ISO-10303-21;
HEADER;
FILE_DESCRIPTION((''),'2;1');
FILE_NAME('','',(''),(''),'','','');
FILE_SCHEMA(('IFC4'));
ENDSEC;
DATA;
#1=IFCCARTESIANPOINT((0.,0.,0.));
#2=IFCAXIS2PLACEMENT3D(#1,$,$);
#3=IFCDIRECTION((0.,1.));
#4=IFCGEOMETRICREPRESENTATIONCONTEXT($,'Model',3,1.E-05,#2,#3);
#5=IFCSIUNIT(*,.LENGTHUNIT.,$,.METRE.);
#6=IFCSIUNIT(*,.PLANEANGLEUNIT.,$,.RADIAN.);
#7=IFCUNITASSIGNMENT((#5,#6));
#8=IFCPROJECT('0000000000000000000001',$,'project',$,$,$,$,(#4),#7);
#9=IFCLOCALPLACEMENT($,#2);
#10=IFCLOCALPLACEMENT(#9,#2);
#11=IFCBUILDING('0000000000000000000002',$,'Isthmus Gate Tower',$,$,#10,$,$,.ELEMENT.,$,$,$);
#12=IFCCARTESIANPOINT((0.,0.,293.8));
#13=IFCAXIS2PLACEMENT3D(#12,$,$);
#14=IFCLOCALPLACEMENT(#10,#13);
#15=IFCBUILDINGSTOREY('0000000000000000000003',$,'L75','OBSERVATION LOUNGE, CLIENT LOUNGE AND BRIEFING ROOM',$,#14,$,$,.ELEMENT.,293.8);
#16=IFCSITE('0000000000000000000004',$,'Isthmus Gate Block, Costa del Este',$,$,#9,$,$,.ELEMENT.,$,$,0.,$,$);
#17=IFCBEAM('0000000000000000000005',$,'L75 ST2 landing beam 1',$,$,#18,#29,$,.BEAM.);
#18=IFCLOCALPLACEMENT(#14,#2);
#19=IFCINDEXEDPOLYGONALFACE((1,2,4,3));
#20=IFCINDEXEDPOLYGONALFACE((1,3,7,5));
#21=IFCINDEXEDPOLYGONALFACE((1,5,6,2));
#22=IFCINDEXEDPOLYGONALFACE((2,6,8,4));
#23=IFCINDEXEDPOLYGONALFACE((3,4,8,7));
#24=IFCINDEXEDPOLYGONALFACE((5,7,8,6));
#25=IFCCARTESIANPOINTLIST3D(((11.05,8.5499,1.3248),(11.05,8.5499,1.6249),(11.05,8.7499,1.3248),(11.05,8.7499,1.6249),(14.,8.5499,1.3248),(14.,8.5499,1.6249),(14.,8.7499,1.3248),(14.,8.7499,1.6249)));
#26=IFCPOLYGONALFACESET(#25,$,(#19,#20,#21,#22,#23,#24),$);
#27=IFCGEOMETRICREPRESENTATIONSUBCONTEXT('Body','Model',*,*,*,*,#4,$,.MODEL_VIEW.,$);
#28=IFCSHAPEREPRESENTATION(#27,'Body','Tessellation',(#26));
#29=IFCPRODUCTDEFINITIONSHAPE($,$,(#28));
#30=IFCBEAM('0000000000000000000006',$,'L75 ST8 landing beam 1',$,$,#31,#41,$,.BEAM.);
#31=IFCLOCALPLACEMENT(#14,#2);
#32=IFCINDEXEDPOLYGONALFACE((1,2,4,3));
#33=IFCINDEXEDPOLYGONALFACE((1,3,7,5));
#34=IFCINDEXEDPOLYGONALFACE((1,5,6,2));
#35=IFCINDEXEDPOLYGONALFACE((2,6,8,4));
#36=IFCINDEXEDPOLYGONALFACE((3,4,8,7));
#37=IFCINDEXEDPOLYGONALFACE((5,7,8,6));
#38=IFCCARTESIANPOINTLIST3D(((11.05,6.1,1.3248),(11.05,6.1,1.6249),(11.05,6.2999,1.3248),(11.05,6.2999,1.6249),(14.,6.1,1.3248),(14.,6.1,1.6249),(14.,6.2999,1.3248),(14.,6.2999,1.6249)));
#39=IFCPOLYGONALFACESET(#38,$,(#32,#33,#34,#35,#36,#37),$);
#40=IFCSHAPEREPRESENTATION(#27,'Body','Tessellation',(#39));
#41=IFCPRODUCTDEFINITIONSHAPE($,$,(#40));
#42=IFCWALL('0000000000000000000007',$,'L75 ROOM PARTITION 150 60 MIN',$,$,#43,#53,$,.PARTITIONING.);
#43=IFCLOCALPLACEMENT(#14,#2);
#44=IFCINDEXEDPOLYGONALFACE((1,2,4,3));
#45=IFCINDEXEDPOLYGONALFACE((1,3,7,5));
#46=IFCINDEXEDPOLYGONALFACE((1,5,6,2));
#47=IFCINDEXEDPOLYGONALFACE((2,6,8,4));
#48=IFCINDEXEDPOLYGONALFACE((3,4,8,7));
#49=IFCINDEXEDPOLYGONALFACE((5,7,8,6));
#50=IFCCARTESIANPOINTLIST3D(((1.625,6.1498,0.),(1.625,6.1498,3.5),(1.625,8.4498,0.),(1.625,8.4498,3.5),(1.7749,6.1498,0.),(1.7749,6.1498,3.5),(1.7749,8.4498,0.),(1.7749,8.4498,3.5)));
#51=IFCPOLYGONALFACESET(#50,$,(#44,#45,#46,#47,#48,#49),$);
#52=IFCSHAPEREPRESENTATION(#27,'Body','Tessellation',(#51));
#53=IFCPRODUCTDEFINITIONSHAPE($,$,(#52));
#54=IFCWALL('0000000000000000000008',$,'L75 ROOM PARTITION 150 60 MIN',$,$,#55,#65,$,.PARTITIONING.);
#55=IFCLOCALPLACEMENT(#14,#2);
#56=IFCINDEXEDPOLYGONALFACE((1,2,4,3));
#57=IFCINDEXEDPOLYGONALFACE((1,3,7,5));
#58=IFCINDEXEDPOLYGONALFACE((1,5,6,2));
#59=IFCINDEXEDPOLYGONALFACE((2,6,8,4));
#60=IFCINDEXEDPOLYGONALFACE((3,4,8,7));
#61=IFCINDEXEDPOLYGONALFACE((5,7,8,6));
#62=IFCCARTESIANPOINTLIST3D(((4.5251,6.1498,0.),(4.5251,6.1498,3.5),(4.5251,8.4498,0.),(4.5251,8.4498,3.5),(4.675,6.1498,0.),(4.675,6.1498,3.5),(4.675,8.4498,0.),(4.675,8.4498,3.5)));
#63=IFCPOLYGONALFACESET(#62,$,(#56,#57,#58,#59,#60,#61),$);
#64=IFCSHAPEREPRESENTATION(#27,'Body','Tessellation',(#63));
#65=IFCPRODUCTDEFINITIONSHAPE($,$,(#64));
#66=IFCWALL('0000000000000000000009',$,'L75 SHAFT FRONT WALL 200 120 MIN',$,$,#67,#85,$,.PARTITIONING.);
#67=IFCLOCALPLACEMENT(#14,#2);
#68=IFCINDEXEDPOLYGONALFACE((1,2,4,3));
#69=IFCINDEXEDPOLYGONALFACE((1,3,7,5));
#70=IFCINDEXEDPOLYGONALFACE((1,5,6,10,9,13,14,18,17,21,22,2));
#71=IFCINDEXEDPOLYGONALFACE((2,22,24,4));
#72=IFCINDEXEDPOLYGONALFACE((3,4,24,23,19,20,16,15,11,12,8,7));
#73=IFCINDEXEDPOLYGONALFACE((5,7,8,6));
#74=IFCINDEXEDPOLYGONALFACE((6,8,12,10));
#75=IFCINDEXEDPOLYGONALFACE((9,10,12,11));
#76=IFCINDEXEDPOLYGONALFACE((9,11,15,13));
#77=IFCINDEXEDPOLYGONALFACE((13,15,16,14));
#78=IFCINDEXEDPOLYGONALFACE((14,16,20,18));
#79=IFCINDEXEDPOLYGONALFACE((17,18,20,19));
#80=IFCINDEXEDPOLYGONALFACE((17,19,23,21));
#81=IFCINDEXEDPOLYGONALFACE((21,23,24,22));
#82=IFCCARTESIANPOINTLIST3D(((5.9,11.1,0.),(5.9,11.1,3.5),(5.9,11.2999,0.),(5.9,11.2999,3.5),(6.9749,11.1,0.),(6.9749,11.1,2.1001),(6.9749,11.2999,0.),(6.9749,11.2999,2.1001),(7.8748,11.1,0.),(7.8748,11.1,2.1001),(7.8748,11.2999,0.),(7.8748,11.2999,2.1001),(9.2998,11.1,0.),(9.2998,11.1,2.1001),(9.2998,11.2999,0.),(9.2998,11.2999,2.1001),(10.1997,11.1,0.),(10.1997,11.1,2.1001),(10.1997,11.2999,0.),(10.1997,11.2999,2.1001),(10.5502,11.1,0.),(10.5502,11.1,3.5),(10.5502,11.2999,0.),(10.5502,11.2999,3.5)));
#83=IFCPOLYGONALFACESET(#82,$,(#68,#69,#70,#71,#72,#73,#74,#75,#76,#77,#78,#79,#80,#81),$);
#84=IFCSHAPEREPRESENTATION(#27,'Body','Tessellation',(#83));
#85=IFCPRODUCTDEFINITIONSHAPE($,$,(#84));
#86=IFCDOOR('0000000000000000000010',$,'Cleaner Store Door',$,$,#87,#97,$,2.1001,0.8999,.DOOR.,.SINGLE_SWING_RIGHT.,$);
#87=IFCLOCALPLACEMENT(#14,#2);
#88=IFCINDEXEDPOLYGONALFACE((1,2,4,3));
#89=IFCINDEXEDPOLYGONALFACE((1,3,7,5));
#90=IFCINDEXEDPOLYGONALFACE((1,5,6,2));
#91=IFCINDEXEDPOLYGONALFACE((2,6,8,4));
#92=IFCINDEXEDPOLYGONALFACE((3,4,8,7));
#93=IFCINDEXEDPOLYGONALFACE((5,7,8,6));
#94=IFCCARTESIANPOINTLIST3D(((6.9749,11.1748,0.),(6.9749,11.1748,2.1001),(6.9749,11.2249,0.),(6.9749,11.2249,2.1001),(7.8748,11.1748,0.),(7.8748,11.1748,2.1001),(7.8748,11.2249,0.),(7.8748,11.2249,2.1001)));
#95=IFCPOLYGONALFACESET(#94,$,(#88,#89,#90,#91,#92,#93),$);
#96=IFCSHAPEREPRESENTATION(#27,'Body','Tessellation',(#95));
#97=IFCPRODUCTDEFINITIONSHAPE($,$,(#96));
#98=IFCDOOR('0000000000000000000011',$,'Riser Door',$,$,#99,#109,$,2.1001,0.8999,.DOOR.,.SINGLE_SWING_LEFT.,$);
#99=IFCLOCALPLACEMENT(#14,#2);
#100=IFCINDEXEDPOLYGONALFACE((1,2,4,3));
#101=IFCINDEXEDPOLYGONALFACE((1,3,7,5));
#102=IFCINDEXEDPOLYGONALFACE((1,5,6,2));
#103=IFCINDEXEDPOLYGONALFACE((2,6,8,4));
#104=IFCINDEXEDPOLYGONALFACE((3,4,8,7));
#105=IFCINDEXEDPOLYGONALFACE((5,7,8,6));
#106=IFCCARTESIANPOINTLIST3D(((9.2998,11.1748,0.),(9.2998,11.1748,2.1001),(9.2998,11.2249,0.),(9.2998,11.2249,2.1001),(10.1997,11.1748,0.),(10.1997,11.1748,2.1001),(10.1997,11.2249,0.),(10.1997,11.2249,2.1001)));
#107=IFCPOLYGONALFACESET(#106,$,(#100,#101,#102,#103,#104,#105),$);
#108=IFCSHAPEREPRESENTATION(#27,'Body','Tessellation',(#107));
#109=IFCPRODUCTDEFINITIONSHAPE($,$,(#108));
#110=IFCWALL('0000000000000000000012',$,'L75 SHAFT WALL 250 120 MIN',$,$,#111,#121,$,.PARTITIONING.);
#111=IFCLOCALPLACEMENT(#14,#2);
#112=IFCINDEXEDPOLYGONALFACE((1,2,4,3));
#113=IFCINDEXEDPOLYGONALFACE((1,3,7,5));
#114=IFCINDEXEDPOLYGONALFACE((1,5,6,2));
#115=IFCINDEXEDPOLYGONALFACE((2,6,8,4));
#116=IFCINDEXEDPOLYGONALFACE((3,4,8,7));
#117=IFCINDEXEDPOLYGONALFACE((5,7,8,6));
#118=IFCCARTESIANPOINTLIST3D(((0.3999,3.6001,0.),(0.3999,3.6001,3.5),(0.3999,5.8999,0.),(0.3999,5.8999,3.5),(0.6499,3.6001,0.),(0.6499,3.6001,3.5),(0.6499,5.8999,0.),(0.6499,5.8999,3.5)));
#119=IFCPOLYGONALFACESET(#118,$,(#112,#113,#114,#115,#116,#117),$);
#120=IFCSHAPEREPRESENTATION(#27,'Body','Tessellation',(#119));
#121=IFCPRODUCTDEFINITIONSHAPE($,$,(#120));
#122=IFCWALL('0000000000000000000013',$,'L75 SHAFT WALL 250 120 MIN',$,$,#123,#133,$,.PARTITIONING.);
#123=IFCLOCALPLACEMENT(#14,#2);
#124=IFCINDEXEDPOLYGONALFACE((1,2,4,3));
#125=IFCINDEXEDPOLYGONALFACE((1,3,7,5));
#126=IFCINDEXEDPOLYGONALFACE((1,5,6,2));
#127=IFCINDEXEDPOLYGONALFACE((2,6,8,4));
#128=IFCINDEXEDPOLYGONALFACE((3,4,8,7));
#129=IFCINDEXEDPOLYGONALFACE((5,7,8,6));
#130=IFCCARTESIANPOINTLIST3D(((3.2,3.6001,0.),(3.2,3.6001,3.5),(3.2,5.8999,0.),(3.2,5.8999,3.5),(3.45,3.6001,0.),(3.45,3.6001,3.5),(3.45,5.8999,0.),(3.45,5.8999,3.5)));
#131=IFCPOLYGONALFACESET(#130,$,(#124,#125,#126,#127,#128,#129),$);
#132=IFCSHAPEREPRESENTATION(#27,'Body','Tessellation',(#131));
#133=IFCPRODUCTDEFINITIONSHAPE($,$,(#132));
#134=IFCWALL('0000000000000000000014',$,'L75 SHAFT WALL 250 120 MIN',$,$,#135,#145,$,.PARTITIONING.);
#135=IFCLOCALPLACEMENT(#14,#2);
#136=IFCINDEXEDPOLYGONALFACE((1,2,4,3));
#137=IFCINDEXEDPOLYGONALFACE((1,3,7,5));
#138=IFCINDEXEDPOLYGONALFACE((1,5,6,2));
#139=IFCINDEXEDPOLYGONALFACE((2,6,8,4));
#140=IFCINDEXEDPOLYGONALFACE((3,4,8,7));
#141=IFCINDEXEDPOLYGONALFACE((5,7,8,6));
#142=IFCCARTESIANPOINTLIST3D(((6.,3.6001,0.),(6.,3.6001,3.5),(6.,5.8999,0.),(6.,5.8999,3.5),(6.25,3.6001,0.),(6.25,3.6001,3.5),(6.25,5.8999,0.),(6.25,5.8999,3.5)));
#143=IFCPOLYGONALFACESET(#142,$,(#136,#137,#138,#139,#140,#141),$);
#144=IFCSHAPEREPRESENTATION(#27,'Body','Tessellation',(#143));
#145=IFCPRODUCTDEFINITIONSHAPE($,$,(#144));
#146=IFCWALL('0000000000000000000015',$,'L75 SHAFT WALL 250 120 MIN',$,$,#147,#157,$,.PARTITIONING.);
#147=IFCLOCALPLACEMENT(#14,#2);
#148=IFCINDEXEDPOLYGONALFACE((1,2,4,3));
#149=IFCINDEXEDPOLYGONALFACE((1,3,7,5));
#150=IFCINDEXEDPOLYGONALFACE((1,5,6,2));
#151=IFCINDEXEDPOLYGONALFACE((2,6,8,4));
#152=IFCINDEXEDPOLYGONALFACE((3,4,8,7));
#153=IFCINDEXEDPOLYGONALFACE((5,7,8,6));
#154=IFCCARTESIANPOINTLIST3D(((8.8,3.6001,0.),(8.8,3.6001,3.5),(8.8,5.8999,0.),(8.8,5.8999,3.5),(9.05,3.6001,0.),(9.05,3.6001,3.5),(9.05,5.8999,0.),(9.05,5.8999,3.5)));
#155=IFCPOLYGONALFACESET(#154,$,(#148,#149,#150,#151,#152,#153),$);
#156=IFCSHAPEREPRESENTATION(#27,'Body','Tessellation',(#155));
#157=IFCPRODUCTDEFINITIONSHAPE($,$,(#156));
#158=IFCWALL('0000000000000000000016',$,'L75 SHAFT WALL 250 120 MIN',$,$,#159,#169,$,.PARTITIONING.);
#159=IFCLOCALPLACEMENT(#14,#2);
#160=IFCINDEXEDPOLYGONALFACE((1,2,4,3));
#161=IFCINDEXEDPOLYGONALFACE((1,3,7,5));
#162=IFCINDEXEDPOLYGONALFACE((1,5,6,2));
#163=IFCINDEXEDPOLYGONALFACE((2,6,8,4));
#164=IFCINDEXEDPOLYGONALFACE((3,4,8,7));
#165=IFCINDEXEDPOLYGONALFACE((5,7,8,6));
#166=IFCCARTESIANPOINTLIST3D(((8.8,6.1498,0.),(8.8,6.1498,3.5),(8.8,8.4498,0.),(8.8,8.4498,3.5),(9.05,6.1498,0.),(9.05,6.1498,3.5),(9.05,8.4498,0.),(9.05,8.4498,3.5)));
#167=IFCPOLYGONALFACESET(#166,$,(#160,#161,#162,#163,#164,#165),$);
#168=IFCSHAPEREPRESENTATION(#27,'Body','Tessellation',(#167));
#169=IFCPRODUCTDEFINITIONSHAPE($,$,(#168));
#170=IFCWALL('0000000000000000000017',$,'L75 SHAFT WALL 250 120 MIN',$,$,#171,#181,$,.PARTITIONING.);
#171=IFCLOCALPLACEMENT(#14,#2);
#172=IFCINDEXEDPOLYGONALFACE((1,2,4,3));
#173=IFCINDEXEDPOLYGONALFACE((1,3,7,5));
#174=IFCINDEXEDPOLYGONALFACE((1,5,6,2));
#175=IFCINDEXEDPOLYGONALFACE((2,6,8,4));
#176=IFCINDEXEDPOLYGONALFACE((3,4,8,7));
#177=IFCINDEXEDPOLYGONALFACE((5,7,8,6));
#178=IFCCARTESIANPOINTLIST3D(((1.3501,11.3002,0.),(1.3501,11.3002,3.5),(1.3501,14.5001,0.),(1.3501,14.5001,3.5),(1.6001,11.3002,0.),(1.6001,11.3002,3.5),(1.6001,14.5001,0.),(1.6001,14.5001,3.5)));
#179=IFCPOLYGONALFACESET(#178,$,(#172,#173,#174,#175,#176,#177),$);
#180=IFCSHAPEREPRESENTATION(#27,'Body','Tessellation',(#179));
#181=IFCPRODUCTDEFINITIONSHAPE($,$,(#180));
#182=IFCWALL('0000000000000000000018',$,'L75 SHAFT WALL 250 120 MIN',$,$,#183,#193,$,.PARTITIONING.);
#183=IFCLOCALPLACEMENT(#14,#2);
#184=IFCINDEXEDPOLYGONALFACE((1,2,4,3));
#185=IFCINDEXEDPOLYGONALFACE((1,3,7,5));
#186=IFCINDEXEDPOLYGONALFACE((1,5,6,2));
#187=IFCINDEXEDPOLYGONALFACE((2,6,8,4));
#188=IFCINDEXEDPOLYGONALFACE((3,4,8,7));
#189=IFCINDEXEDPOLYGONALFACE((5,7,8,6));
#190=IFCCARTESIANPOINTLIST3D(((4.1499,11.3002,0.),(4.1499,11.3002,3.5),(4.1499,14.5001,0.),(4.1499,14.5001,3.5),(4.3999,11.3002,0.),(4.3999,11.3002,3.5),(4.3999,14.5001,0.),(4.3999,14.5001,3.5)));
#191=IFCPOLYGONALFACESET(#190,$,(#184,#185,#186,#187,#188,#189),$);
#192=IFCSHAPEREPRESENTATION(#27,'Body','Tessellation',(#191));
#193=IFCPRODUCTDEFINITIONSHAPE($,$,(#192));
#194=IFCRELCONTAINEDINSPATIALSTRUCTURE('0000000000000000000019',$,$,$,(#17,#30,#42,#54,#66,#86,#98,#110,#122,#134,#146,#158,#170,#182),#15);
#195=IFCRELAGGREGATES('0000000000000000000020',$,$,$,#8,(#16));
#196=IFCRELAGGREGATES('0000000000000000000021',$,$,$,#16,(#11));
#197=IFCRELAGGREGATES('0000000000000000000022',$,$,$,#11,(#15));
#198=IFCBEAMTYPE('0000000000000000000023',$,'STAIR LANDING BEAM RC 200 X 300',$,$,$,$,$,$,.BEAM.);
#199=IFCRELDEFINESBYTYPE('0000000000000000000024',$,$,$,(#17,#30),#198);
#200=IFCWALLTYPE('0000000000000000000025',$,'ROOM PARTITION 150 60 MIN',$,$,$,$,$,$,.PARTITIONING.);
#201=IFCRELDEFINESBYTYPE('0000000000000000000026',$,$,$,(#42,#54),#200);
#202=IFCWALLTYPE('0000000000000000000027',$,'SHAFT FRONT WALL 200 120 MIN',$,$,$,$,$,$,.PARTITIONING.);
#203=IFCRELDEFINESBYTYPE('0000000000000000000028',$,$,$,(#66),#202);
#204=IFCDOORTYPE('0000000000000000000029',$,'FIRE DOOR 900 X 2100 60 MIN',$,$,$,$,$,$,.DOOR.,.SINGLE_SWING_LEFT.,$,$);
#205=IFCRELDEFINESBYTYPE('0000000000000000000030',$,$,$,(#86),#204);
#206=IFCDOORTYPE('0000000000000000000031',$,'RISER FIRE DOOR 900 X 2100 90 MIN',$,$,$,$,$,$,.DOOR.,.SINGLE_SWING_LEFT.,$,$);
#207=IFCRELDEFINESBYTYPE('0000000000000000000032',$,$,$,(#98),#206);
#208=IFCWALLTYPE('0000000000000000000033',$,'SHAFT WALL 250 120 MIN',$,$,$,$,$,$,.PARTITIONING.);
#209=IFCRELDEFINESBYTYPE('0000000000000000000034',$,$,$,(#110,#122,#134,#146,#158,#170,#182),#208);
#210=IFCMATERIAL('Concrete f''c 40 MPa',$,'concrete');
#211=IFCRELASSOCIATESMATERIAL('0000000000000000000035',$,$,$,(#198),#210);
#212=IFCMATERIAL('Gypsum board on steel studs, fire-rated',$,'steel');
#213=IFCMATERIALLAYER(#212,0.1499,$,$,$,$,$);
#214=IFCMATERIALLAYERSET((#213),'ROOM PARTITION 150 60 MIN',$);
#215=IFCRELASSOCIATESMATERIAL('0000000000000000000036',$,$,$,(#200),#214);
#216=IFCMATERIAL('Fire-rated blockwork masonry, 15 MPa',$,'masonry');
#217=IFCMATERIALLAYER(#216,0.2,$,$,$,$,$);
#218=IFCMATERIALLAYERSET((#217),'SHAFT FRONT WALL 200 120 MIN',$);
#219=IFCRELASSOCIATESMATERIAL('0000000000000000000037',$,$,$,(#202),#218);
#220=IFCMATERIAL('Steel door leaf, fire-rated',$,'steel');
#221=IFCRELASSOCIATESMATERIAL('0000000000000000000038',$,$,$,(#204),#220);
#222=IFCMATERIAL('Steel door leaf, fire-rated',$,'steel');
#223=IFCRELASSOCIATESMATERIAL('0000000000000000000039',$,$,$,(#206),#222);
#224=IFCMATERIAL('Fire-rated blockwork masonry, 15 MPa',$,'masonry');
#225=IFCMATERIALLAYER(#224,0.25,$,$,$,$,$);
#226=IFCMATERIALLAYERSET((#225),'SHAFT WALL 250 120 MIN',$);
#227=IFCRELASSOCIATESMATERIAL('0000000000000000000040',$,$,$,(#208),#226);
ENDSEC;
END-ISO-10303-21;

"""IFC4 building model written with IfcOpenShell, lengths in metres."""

from ifc_helpers import new_model, si_unit, direction, frame, frame_2d, origin, origin_2d, place, context, subcontext, project, spatial, rectangle, extrude, material, layer, layer_set, material_profile, profile_set, type_object, element, fill, save


model = new_model("IFC4")

# Units and contexts
model_context = context("Model", 3, precision=1e-05, world=origin(), true_north=direction((0.0, 1.0)))
body_context = subcontext(model_context, "Body", "Model", "MODEL_VIEW")
ifc_project = project(units=[si_unit("LENGTHUNIT", "METRE"), si_unit("PLANEANGLEUNIT", "RADIAN")], contexts=[model_context])

# Site, building, storey
site_placement = place(None, origin())
site = spatial("IfcSite", under=ifc_project, at=site_placement, Name="Isthmus Gate Block, Costa del Este", CompositionType="ELEMENT", RefElevation=0.0)
building_placement = place(site_placement, origin())
building = spatial("IfcBuilding", under=site, at=building_placement, Name="Isthmus Gate Tower", CompositionType="ELEMENT")
storey_placement = place(building_placement, frame((0.0, 0.0, 293.8)))
storey = spatial("IfcBuildingStorey", under=building, at=storey_placement, Name="L75", Description="OBSERVATION LOUNGE, CLIENT LOUNGE AND BRIEFING ROOM", CompositionType="ELEMENT", Elevation=293.8)

# Beams
ifc_material_1 = material(Name="Concrete f'c 40 MPa", Category="concrete")
ifc_material_profile = material_profile(ifc_material_1, rectangle(XDim=0.2, YDim=0.3, at=origin_2d()), Name="STAIR LANDING BEAM RC 200 X 300")
ifc_profile_set = profile_set([ifc_material_profile], Name="Concrete f'c 40 MPa")
beam_type = type_object("IfcBeamType", Name="STAIR LANDING BEAM RC 200 X 300", PredefinedType="BEAM", material=ifc_profile_set)
for number, where, z_axis, x_axis, name in (
    (1, (11.05, 8.6499, 1.4749), (1.0, 0.0, 0.0), (0.0, 1.0, 0.0), "L75 ST2 landing beam 1"),
    (2, (11.05, 6.2, 1.4749), (1.0, 0.0, 0.0), (0.0, 1.0, 0.0), "L75 ST8 landing beam 1"),
):
    element("IfcBeam", number, at=place(storey_placement, frame(where, z_axis=z_axis, x_axis=x_axis)), inside=storey, type_object=beam_type, Name=name, PredefinedType="BEAM", context=body_context, shape_type="SweptSolid", body=[
        extrude(rectangle(XDim=0.2, YDim=0.3, at=origin_2d()), origin(), (0.0, 0.0, 1.0), 2.95),
    ])

# Walls
ifc_material_2 = material(Name="Gypsum board on steel studs, fire-rated", Category="steel")
ifc_layer_1 = layer(ifc_material_2, 0.1499)
ifc_layer_set_1 = layer_set([ifc_layer_1], Name="ROOM PARTITION 150 60 MIN")
wall_type_1 = type_object("IfcWallType", Name="ROOM PARTITION 150 60 MIN", PredefinedType="PARTITIONING", material=ifc_layer_set_1)
for number, where, z_axis, x_axis, name in (
    (3, (1.7, 6.1499, 0.0), (0.0, 0.0, 1.0), (0.0, 1.0, 0.0), "L75 ROOM PARTITION 150 60 MIN"),
    (4, (4.6001, 6.1499, 0.0), (0.0, 0.0, 1.0), (0.0, 1.0, 0.0), "L75 ROOM PARTITION 150 60 MIN"),
):
    element("IfcWall", number, at=place(storey_placement, frame(where, z_axis=z_axis, x_axis=x_axis)), inside=storey, type_object=wall_type_1, Name=name, PredefinedType="PARTITIONING", context=body_context, shape_type="SweptSolid", body=[
        extrude(rectangle(XDim=2.3, YDim=0.1499, at=frame_2d((1.1499, 0.0))), origin(), (0.0, 0.0, 1.0), 3.5),
    ])

# Wall, openings, doors
ifc_material_3 = material(Name="Fire-rated blockwork masonry, 15 MPa", Category="masonry")
ifc_layer_2 = layer(ifc_material_3, 0.2)
ifc_layer_set_2 = layer_set([ifc_layer_2], Name="SHAFT FRONT WALL 200 120 MIN")
wall_type_2 = type_object("IfcWallType", Name="SHAFT FRONT WALL 200 120 MIN", PredefinedType="PARTITIONING", material=ifc_layer_set_2)
wall_1_placement = place(storey_placement, frame((5.8999, 11.2, 0.0), z_axis=(0.0, 0.0, 1.0), x_axis=(1.0, 0.0, 0.0)))
wall_1 = element("IfcWall", 5, at=wall_1_placement, inside=storey, type_object=wall_type_2, Name="L75 SHAFT FRONT WALL 200 120 MIN", PredefinedType="PARTITIONING", context=body_context, shape_type="SweptSolid", body=[
    extrude(rectangle(XDim=4.6501, YDim=0.2, at=frame_2d((2.3252, 0.0))), origin(), (0.0, 0.0, 1.0), 3.5),
])
opening_1_placement = place(wall_1_placement, frame((1.075, 0.0, 0.0)))
opening_1 = element("IfcOpeningElement", 6, at=opening_1_placement, cuts=wall_1, PredefinedType="OPENING", context=body_context, shape_type="SweptSolid", body=[
    extrude(rectangle(XDim=0.8999, YDim=2.1001, at=frame_2d((0.45, 1.05))), frame((0.0, 0.1099, 0.0), z_axis=(0.0, -1.0, 0.0), x_axis=(1.0, 0.0, 0.0)), (0.0, 0.0, 1.0), 0.22),
])
opening_2_placement = place(wall_1_placement, frame((3.3999, 0.0, 0.0)))
opening_2 = element("IfcOpeningElement", 7, at=opening_2_placement, cuts=wall_1, PredefinedType="OPENING", context=body_context, shape_type="SweptSolid", body=[
    extrude(rectangle(XDim=0.8999, YDim=2.1001, at=frame_2d((0.45, 1.05))), frame((0.0, 0.1099, 0.0), z_axis=(0.0, -1.0, 0.0), x_axis=(1.0, 0.0, 0.0)), (0.0, 0.0, 1.0), 0.22),
])
ifc_material_4 = material(Name="Steel door leaf, fire-rated", Category="steel")
door_type_1 = type_object("IfcDoorType", Name="FIRE DOOR 900 X 2100 60 MIN", OperationType="SINGLE_SWING_LEFT", PredefinedType="DOOR", material=ifc_material_4)
door_1_placement = place(opening_1_placement, origin())
door_1 = element("IfcDoor", 8, at=door_1_placement, inside=storey, type_object=door_type_1, Name="Cleaner Store Door", OperationType="SINGLE_SWING_RIGHT", OverallHeight=2.1001, OverallWidth=0.8999, PredefinedType="DOOR", context=body_context, shape_type="SweptSolid", body=[
    extrude(rectangle(XDim=0.8999, YDim=2.1001, at=frame_2d((0.45, 1.05))), frame((0.0, 0.0249, 0.0), z_axis=(0.0, -1.0, 0.0), x_axis=(1.0, 0.0, 0.0)), (0.0, 0.0, 1.0), 0.05),
])
fill(opening_1, door_1)
ifc_material_5 = material(Name="Steel door leaf, fire-rated", Category="steel")
door_type_2 = type_object("IfcDoorType", Name="RISER FIRE DOOR 900 X 2100 90 MIN", OperationType="SINGLE_SWING_LEFT", PredefinedType="DOOR", material=ifc_material_5)
door_2_placement = place(opening_2_placement, origin())
door_2 = element("IfcDoor", 9, at=door_2_placement, inside=storey, type_object=door_type_2, Name="Riser Door", OperationType="SINGLE_SWING_LEFT", OverallHeight=2.1001, OverallWidth=0.8999, PredefinedType="DOOR", context=body_context, shape_type="SweptSolid", body=[
    extrude(rectangle(XDim=0.8999, YDim=2.1001, at=frame_2d((0.45, 1.05))), frame((0.0, 0.0249, 0.0), z_axis=(0.0, -1.0, 0.0), x_axis=(1.0, 0.0, 0.0)), (0.0, 0.0, 1.0), 0.05),
])
fill(opening_2, door_2)

# Walls
ifc_material_6 = material(Name="Fire-rated blockwork masonry, 15 MPa", Category="masonry")
ifc_layer_3 = layer(ifc_material_6, 0.25)
ifc_layer_set_3 = layer_set([ifc_layer_3], Name="SHAFT WALL 250 120 MIN")
wall_type_3 = type_object("IfcWallType", Name="SHAFT WALL 250 120 MIN", PredefinedType="PARTITIONING", material=ifc_layer_set_3)
for number, where, z_axis, x_axis, name in (
    (10, (0.5249, 3.6001, 0.0), (0.0, 0.0, 1.0), (0.0, 1.0, 0.0), "L75 SHAFT WALL 250 120 MIN"),
    (11, (3.325, 3.6001, 0.0), (0.0, 0.0, 1.0), (0.0, 1.0, 0.0), "L75 SHAFT WALL 250 120 MIN"),
    (12, (6.125, 3.6001, 0.0), (0.0, 0.0, 1.0), (0.0, 1.0, 0.0), "L75 SHAFT WALL 250 120 MIN"),
    (13, (8.925, 3.6001, 0.0), (0.0, 0.0, 1.0), (0.0, 1.0, 0.0), "L75 SHAFT WALL 250 120 MIN"),
):
    element("IfcWall", number, at=place(storey_placement, frame(where, z_axis=z_axis, x_axis=x_axis)), inside=storey, type_object=wall_type_3, Name=name, PredefinedType="PARTITIONING", context=body_context, shape_type="SweptSolid", body=[
        extrude(rectangle(XDim=2.2998, YDim=0.25, at=frame_2d((1.1499, 0.0))), origin(), (0.0, 0.0, 1.0), 3.5),
    ])
wall_2_placement = place(storey_placement, frame((8.925, 6.1499, 0.0), z_axis=(0.0, 0.0, 1.0), x_axis=(0.0, 1.0, 0.0)))
element("IfcWall", 14, at=wall_2_placement, inside=storey, type_object=wall_type_3, Name="L75 SHAFT WALL 250 120 MIN", PredefinedType="PARTITIONING", context=body_context, shape_type="SweptSolid", body=[
    extrude(rectangle(XDim=2.3, YDim=0.25, at=frame_2d((1.1499, 0.0))), origin(), (0.0, 0.0, 1.0), 3.5),
])
for number, where, z_axis, x_axis, name in (
    (15, (1.4751, 11.3, 0.0), (0.0, 0.0, 1.0), (0.0, 1.0, 0.0), "L75 SHAFT WALL 250 120 MIN"),
    (16, (4.2749, 11.3, 0.0), (0.0, 0.0, 1.0), (0.0, 1.0, 0.0), "L75 SHAFT WALL 250 120 MIN"),
):
    element("IfcWall", number, at=place(storey_placement, frame(where, z_axis=z_axis, x_axis=x_axis)), inside=storey, type_object=wall_type_3, Name=name, PredefinedType="PARTITIONING", context=body_context, shape_type="SweptSolid", body=[
        extrude(rectangle(XDim=3.2, YDim=0.25, at=frame_2d((1.6001, 0.0))), origin(), (0.0, 0.0, 1.0), 3.5),
    ])

save(model, "model.ifc")
